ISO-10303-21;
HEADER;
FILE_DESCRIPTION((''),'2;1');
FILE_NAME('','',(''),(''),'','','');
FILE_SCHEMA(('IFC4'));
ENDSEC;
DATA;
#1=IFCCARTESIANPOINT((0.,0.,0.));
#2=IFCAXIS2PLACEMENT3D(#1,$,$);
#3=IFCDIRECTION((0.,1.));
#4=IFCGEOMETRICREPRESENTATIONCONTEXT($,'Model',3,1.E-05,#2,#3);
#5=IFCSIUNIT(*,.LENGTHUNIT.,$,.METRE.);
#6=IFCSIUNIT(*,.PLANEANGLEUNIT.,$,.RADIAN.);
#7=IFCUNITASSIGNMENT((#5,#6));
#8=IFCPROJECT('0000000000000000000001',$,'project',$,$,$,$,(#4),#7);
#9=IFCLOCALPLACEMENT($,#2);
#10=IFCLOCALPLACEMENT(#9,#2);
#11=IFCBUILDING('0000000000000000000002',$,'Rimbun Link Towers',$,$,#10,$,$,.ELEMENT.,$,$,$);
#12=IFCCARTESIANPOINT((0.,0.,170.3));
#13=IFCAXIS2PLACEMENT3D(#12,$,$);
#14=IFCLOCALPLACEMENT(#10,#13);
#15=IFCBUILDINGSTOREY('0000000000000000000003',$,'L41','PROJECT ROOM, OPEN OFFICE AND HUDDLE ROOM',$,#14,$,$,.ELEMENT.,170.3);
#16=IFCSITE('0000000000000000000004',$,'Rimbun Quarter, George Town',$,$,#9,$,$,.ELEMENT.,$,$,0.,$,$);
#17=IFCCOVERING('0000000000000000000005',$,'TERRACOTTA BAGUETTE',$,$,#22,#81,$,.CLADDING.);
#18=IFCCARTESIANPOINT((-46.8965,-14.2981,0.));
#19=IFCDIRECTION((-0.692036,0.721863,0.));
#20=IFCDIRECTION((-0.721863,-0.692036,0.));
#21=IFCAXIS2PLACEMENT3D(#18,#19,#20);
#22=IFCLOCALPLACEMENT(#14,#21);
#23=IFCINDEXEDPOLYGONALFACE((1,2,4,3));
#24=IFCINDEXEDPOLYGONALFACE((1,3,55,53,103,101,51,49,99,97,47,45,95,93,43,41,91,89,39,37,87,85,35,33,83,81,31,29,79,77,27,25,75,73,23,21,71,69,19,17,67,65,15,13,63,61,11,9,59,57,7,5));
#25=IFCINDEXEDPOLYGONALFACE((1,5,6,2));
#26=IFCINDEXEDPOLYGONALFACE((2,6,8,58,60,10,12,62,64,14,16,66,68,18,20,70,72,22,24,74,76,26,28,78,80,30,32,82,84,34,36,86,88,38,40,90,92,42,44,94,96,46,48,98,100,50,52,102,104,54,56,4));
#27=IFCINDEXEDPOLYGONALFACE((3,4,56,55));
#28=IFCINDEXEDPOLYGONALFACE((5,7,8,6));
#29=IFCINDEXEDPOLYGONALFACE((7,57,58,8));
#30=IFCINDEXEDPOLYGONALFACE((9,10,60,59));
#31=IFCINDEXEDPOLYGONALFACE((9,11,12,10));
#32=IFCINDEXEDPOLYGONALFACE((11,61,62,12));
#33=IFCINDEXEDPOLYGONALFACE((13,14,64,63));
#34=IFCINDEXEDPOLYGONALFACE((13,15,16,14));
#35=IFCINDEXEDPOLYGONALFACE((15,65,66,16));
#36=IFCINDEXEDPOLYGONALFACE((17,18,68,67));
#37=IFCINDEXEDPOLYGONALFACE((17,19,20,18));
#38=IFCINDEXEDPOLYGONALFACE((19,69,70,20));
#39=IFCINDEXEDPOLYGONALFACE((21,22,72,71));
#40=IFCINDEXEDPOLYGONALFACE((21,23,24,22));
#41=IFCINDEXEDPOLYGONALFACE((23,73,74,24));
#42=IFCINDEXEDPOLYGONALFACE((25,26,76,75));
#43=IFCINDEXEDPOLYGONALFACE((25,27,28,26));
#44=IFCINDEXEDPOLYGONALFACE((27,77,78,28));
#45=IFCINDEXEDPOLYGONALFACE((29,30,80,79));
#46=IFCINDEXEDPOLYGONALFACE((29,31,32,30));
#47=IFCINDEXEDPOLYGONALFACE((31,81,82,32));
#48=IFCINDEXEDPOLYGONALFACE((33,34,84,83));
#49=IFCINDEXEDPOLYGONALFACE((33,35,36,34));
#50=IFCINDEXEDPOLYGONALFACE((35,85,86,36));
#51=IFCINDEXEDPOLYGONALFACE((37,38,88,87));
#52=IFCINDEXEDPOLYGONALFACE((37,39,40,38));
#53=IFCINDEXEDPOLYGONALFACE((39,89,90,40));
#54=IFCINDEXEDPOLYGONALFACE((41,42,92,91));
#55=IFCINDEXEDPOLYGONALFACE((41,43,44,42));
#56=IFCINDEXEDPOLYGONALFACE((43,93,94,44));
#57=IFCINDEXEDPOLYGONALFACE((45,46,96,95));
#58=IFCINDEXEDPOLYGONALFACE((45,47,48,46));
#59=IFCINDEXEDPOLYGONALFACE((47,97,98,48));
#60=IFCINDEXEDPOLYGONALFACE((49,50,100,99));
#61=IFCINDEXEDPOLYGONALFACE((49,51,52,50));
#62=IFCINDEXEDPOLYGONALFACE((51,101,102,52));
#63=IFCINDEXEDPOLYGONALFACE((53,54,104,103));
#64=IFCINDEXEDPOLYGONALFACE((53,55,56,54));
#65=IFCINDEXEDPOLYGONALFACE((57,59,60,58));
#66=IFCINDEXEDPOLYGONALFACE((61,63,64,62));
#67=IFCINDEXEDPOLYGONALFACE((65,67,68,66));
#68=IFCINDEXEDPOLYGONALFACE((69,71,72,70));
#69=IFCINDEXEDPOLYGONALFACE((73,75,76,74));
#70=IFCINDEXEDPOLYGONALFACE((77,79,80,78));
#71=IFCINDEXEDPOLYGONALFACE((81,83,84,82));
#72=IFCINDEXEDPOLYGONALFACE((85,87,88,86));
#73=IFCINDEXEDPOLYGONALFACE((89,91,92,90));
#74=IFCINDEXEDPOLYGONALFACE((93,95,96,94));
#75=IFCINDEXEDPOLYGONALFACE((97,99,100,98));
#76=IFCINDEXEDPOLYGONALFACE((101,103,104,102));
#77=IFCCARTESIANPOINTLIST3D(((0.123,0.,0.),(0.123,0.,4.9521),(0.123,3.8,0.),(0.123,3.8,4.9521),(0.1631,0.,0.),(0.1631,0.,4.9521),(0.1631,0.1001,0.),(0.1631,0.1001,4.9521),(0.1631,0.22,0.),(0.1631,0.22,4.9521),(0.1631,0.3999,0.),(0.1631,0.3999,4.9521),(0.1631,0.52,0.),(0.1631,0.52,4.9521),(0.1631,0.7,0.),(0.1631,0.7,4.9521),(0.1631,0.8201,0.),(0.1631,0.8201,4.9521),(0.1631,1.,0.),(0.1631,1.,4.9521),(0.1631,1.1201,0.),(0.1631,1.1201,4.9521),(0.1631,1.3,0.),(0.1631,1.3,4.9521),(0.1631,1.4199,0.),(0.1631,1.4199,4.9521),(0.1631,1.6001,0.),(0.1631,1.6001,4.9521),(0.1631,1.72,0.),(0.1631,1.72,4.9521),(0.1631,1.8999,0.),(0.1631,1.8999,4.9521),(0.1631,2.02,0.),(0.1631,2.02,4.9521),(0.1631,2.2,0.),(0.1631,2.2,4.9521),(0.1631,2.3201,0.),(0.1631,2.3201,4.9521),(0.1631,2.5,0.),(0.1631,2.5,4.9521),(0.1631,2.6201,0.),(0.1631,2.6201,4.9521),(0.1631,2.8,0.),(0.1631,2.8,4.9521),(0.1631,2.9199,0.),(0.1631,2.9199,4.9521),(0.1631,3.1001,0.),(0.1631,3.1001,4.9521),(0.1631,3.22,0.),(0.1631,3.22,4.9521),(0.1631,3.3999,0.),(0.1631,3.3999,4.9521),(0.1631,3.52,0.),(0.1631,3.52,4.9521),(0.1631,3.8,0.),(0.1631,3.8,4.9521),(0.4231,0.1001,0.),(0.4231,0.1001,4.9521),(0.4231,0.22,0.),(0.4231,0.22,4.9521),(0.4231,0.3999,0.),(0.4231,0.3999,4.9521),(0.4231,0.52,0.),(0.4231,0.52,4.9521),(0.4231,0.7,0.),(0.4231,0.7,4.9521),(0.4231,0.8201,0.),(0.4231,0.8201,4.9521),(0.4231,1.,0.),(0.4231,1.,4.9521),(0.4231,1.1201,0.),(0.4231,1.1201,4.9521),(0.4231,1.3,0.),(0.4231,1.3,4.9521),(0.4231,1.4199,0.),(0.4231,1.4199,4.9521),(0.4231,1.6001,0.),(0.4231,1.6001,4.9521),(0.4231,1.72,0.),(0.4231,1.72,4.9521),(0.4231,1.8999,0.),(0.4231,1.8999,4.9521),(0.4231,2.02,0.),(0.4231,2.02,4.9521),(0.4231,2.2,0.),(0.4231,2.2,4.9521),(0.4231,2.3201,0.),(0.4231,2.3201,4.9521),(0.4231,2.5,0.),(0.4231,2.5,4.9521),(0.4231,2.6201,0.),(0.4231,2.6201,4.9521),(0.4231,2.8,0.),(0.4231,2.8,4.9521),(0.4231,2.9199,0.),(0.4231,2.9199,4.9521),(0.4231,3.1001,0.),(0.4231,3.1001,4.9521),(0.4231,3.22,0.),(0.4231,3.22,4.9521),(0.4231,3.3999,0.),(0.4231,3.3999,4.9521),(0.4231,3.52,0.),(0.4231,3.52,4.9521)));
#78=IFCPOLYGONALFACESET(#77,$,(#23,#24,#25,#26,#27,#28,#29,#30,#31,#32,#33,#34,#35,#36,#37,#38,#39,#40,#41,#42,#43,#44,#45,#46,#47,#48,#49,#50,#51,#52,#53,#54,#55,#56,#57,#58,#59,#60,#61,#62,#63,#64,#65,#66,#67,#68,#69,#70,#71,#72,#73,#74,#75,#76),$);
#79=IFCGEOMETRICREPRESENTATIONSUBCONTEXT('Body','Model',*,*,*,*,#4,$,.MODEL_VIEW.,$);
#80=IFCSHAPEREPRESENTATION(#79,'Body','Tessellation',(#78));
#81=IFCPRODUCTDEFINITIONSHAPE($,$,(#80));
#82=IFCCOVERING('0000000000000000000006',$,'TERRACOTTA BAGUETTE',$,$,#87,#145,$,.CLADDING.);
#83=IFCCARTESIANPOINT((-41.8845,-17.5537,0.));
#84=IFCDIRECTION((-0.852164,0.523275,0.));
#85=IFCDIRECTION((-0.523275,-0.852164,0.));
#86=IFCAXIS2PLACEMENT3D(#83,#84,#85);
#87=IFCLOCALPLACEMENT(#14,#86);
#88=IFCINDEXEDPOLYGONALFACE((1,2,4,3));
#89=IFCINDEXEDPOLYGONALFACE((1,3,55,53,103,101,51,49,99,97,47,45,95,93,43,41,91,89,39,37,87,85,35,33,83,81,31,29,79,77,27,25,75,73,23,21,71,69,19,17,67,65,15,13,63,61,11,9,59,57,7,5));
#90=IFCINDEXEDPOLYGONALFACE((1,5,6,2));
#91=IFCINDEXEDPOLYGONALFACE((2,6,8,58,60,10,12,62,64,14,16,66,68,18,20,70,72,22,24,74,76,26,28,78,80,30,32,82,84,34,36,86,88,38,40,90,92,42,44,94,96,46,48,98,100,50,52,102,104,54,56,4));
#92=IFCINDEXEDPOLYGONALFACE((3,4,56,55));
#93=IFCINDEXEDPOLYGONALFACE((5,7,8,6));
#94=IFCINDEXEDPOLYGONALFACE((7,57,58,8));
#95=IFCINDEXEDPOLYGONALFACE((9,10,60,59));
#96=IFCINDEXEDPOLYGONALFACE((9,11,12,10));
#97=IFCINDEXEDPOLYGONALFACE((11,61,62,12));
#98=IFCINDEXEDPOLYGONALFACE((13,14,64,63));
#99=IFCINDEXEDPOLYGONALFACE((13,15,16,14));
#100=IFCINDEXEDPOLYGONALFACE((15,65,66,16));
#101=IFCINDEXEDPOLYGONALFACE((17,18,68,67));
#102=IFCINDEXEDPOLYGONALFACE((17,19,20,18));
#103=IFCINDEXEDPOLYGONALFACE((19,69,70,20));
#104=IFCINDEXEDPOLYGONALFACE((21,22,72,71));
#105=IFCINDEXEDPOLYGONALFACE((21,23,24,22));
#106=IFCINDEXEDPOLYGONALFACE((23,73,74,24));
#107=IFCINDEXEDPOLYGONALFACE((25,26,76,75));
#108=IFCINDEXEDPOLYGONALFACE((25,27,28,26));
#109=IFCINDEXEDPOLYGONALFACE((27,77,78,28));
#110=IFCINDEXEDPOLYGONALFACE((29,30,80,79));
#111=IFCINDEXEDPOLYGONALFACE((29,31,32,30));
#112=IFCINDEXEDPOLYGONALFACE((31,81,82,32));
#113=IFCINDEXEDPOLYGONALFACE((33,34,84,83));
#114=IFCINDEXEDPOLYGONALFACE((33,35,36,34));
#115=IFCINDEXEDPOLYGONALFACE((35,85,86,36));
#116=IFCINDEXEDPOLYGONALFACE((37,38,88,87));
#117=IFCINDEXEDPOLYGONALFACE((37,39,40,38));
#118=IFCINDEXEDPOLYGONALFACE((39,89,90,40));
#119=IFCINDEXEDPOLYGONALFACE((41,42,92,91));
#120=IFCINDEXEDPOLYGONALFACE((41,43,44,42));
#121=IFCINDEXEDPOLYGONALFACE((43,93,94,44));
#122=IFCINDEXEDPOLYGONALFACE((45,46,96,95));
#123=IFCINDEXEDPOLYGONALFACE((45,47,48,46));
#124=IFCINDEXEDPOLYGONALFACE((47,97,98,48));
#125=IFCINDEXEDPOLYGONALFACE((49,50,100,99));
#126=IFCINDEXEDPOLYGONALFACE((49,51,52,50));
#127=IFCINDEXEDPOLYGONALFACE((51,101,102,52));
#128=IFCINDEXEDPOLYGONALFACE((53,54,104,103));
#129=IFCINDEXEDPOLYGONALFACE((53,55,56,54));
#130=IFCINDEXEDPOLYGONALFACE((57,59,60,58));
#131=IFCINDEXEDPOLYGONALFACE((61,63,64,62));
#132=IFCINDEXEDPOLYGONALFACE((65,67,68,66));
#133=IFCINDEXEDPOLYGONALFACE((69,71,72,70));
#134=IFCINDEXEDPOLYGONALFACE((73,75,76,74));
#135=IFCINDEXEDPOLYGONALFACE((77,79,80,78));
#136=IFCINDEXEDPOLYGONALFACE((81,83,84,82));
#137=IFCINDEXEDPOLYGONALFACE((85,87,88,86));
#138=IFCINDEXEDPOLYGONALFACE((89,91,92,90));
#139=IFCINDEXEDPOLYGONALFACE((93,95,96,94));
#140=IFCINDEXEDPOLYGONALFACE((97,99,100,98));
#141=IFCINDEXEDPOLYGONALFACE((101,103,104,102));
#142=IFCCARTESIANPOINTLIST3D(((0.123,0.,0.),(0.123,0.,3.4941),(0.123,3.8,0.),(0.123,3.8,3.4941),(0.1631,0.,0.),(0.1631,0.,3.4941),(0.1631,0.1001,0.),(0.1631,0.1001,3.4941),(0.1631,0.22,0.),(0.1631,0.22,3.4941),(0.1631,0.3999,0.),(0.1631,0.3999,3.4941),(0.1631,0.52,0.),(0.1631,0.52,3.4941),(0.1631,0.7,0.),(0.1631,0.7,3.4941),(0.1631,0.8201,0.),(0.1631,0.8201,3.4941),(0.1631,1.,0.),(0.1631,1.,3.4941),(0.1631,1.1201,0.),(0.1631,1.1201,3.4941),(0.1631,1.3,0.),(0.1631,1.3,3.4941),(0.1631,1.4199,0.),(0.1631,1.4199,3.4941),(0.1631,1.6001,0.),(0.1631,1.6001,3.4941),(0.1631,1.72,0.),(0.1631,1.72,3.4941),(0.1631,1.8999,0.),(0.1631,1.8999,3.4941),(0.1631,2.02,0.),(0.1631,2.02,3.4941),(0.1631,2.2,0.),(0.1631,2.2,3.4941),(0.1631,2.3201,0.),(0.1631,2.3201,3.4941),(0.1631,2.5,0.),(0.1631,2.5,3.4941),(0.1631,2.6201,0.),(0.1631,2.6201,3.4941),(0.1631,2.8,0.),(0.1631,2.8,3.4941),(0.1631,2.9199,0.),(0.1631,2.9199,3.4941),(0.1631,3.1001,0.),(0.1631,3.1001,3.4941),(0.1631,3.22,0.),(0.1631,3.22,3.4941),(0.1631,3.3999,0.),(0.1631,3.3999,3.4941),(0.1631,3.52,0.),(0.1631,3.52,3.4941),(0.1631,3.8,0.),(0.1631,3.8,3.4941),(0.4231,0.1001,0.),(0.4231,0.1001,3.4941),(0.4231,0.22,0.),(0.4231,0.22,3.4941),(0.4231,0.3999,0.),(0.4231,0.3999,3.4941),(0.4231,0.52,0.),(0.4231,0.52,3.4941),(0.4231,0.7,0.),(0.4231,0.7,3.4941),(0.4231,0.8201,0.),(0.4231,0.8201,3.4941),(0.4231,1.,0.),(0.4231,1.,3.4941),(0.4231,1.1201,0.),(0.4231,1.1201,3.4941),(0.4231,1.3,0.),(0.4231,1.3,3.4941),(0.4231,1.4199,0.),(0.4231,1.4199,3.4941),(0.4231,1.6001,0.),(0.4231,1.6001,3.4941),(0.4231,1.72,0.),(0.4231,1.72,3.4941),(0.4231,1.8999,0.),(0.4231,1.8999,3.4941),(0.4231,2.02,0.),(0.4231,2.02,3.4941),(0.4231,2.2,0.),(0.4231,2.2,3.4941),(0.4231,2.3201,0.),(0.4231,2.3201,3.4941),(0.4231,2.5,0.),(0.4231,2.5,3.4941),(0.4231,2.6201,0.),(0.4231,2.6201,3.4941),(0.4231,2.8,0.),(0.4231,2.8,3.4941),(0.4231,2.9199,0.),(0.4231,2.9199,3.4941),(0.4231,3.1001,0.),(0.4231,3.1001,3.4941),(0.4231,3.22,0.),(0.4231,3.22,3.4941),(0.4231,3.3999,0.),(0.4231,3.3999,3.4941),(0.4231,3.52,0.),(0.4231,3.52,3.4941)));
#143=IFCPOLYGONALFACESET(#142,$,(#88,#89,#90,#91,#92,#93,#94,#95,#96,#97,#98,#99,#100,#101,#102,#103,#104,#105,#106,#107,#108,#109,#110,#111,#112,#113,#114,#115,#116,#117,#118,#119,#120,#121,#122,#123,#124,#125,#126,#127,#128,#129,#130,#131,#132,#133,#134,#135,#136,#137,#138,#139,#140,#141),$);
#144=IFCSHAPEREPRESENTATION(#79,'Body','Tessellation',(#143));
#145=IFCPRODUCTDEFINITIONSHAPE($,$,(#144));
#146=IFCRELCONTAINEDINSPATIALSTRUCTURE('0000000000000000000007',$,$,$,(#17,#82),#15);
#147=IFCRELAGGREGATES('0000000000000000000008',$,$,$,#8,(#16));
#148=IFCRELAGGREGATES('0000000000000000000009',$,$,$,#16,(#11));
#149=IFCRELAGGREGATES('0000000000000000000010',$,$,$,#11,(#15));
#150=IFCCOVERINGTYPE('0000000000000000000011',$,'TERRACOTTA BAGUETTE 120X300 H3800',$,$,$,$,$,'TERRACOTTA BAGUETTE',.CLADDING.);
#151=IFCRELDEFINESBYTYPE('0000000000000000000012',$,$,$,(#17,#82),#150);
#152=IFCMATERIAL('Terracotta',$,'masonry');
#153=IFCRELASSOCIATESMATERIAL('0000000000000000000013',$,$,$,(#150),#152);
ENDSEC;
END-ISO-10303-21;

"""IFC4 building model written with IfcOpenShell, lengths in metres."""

from ifc_helpers import new_model, si_unit, direction, frame, origin, place, context, subcontext, project, spatial, polyline, outline, extrude, material, material_profile, profile_set, type_object, element, save


model = new_model("IFC4")

# Units and contexts
model_context = context("Model", 3, precision=1e-05, world=origin(), true_north=direction((0.0, 1.0)))
body_context = subcontext(model_context, "Body", "Model", "MODEL_VIEW")
ifc_project = project(units=[si_unit("LENGTHUNIT", "METRE"), si_unit("PLANEANGLEUNIT", "RADIAN")], contexts=[model_context])

# Site, building, storey
site_placement = place(None, origin())
site = spatial("IfcSite", under=ifc_project, at=site_placement, Name="Rimbun Quarter, George Town", CompositionType="ELEMENT", RefElevation=0.0)
building_placement = place(site_placement, origin())
building = spatial("IfcBuilding", under=site, at=building_placement, Name="Rimbun Link Towers", CompositionType="ELEMENT")
storey_placement = place(building_placement, frame((0.0, 0.0, 170.3)))
storey = spatial("IfcBuildingStorey", under=building, at=storey_placement, Name="L41", Description="PROJECT ROOM, OPEN OFFICE AND HUDDLE ROOM", CompositionType="ELEMENT", Elevation=170.3)

# Coverings
ifc_material_1 = material(Name="Terracotta", Category="masonry")
ifc_material_profile_1 = material_profile(ifc_material_1, outline(polyline([(0.123, 0.0), (0.1631, 0.0), (0.1631, 0.1001), (0.4231, 0.1001), (0.4231, 0.22), (0.1631, 0.22), (0.1631, 0.3999), (0.4231, 0.3999), (0.4231, 0.52), (0.1631, 0.52), (0.1631, 0.7), (0.4231, 0.7), (0.4231, 0.8201), (0.1631, 0.8201), (0.1631, 1.0), (0.4231, 1.0), (0.4231, 1.1201), (0.1631, 1.1201), (0.1631, 1.3), (0.4231, 1.3), (0.4231, 1.4199), (0.1631, 1.4199), (0.1631, 1.6001), (0.4231, 1.6001), (0.4231, 1.72), (0.1631, 1.72), (0.1631, 1.8999), (0.4231, 1.8999), (0.4231, 2.02), (0.1631, 2.02), (0.1631, 2.2), (0.4231, 2.2), (0.4231, 2.3201), (0.1631, 2.3201), (0.1631, 2.5), (0.4231, 2.5), (0.4231, 2.6201), (0.1631, 2.6201), (0.1631, 2.8), (0.4231, 2.8), (0.4231, 2.9199), (0.1631, 2.9199), (0.1631, 3.1001), (0.4231, 3.1001), (0.4231, 3.22), (0.1631, 3.22), (0.1631, 3.3999), (0.4231, 3.3999), (0.4231, 3.52), (0.1631, 3.52), (0.1631, 3.8), (0.123, 3.8), (0.123, 0.0)])), Name="BAGUETTE 120X300")
ifc_profile_set_1 = profile_set([ifc_material_profile_1], Name="Terracotta")
covering_type = type_object("IfcCoveringType", Name="TERRACOTTA BAGUETTE 120X300 H3800", ElementType="TERRACOTTA BAGUETTE", PredefinedType="CLADDING", material=ifc_profile_set_1)
covering_1_placement = place(storey_placement, frame((-46.8965, -14.2981, 0.0), z_axis=(-0.692036, 0.721863, 0.0), x_axis=(-0.721863, -0.692036, 0.0)))
element("IfcCovering", 1, at=covering_1_placement, inside=storey, type_object=covering_type, Name="TERRACOTTA BAGUETTE", PredefinedType="CLADDING", context=body_context, shape_type="SweptSolid", body=[
    extrude(outline(polyline([(0.123, 0.0), (0.1631, 0.0), (0.1631, 0.1001), (0.4231, 0.1001), (0.4231, 0.22), (0.1631, 0.22), (0.1631, 0.3999), (0.4231, 0.3999), (0.4231, 0.52), (0.1631, 0.52), (0.1631, 0.7), (0.4231, 0.7), (0.4231, 0.8201), (0.1631, 0.8201), (0.1631, 1.0), (0.4231, 1.0), (0.4231, 1.1201), (0.1631, 1.1201), (0.1631, 1.3), (0.4231, 1.3), (0.4231, 1.4199), (0.1631, 1.4199), (0.1631, 1.6001), (0.4231, 1.6001), (0.4231, 1.72), (0.1631, 1.72), (0.1631, 1.8999), (0.4231, 1.8999), (0.4231, 2.02), (0.1631, 2.02), (0.1631, 2.2), (0.4231, 2.2), (0.4231, 2.3201), (0.1631, 2.3201), (0.1631, 2.5), (0.4231, 2.5), (0.4231, 2.6201), (0.1631, 2.6201), (0.1631, 2.8), (0.4231, 2.8), (0.4231, 2.9199), (0.1631, 2.9199), (0.1631, 3.1001), (0.4231, 3.1001), (0.4231, 3.22), (0.1631, 3.22), (0.1631, 3.3999), (0.4231, 3.3999), (0.4231, 3.52), (0.1631, 3.52), (0.1631, 3.8), (0.123, 3.8), (0.123, 0.0)])), origin(), (0.0, 0.0, 1.0), 4.9521),
])
covering_2_placement = place(storey_placement, frame((-41.8845, -17.5537, 0.0), z_axis=(-0.852164, 0.523275, 0.0), x_axis=(-0.523275, -0.852164, 0.0)))
element("IfcCovering", 2, at=covering_2_placement, inside=storey, type_object=covering_type, Name="TERRACOTTA BAGUETTE", PredefinedType="CLADDING", context=body_context, shape_type="SweptSolid", body=[
    extrude(outline(polyline([(0.123, 0.0), (0.1631, 0.0), (0.1631, 0.1001), (0.4231, 0.1001), (0.4231, 0.22), (0.1631, 0.22), (0.1631, 0.3999), (0.4231, 0.3999), (0.4231, 0.52), (0.1631, 0.52), (0.1631, 0.7), (0.4231, 0.7), (0.4231, 0.8201), (0.1631, 0.8201), (0.1631, 1.0), (0.4231, 1.0), (0.4231, 1.1201), (0.1631, 1.1201), (0.1631, 1.3), (0.4231, 1.3), (0.4231, 1.4199), (0.1631, 1.4199), (0.1631, 1.6001), (0.4231, 1.6001), (0.4231, 1.72), (0.1631, 1.72), (0.1631, 1.8999), (0.4231, 1.8999), (0.4231, 2.02), (0.1631, 2.02), (0.1631, 2.2), (0.4231, 2.2), (0.4231, 2.3201), (0.1631, 2.3201), (0.1631, 2.5), (0.4231, 2.5), (0.4231, 2.6201), (0.1631, 2.6201), (0.1631, 2.8), (0.4231, 2.8), (0.4231, 2.9199), (0.1631, 2.9199), (0.1631, 3.1001), (0.4231, 3.1001), (0.4231, 3.22), (0.1631, 3.22), (0.1631, 3.3999), (0.4231, 3.3999), (0.4231, 3.52), (0.1631, 3.52), (0.1631, 3.8), (0.123, 3.8), (0.123, 0.0)])), origin(), (0.0, 0.0, 1.0), 3.4941),
])

save(model, "model.ifc")
